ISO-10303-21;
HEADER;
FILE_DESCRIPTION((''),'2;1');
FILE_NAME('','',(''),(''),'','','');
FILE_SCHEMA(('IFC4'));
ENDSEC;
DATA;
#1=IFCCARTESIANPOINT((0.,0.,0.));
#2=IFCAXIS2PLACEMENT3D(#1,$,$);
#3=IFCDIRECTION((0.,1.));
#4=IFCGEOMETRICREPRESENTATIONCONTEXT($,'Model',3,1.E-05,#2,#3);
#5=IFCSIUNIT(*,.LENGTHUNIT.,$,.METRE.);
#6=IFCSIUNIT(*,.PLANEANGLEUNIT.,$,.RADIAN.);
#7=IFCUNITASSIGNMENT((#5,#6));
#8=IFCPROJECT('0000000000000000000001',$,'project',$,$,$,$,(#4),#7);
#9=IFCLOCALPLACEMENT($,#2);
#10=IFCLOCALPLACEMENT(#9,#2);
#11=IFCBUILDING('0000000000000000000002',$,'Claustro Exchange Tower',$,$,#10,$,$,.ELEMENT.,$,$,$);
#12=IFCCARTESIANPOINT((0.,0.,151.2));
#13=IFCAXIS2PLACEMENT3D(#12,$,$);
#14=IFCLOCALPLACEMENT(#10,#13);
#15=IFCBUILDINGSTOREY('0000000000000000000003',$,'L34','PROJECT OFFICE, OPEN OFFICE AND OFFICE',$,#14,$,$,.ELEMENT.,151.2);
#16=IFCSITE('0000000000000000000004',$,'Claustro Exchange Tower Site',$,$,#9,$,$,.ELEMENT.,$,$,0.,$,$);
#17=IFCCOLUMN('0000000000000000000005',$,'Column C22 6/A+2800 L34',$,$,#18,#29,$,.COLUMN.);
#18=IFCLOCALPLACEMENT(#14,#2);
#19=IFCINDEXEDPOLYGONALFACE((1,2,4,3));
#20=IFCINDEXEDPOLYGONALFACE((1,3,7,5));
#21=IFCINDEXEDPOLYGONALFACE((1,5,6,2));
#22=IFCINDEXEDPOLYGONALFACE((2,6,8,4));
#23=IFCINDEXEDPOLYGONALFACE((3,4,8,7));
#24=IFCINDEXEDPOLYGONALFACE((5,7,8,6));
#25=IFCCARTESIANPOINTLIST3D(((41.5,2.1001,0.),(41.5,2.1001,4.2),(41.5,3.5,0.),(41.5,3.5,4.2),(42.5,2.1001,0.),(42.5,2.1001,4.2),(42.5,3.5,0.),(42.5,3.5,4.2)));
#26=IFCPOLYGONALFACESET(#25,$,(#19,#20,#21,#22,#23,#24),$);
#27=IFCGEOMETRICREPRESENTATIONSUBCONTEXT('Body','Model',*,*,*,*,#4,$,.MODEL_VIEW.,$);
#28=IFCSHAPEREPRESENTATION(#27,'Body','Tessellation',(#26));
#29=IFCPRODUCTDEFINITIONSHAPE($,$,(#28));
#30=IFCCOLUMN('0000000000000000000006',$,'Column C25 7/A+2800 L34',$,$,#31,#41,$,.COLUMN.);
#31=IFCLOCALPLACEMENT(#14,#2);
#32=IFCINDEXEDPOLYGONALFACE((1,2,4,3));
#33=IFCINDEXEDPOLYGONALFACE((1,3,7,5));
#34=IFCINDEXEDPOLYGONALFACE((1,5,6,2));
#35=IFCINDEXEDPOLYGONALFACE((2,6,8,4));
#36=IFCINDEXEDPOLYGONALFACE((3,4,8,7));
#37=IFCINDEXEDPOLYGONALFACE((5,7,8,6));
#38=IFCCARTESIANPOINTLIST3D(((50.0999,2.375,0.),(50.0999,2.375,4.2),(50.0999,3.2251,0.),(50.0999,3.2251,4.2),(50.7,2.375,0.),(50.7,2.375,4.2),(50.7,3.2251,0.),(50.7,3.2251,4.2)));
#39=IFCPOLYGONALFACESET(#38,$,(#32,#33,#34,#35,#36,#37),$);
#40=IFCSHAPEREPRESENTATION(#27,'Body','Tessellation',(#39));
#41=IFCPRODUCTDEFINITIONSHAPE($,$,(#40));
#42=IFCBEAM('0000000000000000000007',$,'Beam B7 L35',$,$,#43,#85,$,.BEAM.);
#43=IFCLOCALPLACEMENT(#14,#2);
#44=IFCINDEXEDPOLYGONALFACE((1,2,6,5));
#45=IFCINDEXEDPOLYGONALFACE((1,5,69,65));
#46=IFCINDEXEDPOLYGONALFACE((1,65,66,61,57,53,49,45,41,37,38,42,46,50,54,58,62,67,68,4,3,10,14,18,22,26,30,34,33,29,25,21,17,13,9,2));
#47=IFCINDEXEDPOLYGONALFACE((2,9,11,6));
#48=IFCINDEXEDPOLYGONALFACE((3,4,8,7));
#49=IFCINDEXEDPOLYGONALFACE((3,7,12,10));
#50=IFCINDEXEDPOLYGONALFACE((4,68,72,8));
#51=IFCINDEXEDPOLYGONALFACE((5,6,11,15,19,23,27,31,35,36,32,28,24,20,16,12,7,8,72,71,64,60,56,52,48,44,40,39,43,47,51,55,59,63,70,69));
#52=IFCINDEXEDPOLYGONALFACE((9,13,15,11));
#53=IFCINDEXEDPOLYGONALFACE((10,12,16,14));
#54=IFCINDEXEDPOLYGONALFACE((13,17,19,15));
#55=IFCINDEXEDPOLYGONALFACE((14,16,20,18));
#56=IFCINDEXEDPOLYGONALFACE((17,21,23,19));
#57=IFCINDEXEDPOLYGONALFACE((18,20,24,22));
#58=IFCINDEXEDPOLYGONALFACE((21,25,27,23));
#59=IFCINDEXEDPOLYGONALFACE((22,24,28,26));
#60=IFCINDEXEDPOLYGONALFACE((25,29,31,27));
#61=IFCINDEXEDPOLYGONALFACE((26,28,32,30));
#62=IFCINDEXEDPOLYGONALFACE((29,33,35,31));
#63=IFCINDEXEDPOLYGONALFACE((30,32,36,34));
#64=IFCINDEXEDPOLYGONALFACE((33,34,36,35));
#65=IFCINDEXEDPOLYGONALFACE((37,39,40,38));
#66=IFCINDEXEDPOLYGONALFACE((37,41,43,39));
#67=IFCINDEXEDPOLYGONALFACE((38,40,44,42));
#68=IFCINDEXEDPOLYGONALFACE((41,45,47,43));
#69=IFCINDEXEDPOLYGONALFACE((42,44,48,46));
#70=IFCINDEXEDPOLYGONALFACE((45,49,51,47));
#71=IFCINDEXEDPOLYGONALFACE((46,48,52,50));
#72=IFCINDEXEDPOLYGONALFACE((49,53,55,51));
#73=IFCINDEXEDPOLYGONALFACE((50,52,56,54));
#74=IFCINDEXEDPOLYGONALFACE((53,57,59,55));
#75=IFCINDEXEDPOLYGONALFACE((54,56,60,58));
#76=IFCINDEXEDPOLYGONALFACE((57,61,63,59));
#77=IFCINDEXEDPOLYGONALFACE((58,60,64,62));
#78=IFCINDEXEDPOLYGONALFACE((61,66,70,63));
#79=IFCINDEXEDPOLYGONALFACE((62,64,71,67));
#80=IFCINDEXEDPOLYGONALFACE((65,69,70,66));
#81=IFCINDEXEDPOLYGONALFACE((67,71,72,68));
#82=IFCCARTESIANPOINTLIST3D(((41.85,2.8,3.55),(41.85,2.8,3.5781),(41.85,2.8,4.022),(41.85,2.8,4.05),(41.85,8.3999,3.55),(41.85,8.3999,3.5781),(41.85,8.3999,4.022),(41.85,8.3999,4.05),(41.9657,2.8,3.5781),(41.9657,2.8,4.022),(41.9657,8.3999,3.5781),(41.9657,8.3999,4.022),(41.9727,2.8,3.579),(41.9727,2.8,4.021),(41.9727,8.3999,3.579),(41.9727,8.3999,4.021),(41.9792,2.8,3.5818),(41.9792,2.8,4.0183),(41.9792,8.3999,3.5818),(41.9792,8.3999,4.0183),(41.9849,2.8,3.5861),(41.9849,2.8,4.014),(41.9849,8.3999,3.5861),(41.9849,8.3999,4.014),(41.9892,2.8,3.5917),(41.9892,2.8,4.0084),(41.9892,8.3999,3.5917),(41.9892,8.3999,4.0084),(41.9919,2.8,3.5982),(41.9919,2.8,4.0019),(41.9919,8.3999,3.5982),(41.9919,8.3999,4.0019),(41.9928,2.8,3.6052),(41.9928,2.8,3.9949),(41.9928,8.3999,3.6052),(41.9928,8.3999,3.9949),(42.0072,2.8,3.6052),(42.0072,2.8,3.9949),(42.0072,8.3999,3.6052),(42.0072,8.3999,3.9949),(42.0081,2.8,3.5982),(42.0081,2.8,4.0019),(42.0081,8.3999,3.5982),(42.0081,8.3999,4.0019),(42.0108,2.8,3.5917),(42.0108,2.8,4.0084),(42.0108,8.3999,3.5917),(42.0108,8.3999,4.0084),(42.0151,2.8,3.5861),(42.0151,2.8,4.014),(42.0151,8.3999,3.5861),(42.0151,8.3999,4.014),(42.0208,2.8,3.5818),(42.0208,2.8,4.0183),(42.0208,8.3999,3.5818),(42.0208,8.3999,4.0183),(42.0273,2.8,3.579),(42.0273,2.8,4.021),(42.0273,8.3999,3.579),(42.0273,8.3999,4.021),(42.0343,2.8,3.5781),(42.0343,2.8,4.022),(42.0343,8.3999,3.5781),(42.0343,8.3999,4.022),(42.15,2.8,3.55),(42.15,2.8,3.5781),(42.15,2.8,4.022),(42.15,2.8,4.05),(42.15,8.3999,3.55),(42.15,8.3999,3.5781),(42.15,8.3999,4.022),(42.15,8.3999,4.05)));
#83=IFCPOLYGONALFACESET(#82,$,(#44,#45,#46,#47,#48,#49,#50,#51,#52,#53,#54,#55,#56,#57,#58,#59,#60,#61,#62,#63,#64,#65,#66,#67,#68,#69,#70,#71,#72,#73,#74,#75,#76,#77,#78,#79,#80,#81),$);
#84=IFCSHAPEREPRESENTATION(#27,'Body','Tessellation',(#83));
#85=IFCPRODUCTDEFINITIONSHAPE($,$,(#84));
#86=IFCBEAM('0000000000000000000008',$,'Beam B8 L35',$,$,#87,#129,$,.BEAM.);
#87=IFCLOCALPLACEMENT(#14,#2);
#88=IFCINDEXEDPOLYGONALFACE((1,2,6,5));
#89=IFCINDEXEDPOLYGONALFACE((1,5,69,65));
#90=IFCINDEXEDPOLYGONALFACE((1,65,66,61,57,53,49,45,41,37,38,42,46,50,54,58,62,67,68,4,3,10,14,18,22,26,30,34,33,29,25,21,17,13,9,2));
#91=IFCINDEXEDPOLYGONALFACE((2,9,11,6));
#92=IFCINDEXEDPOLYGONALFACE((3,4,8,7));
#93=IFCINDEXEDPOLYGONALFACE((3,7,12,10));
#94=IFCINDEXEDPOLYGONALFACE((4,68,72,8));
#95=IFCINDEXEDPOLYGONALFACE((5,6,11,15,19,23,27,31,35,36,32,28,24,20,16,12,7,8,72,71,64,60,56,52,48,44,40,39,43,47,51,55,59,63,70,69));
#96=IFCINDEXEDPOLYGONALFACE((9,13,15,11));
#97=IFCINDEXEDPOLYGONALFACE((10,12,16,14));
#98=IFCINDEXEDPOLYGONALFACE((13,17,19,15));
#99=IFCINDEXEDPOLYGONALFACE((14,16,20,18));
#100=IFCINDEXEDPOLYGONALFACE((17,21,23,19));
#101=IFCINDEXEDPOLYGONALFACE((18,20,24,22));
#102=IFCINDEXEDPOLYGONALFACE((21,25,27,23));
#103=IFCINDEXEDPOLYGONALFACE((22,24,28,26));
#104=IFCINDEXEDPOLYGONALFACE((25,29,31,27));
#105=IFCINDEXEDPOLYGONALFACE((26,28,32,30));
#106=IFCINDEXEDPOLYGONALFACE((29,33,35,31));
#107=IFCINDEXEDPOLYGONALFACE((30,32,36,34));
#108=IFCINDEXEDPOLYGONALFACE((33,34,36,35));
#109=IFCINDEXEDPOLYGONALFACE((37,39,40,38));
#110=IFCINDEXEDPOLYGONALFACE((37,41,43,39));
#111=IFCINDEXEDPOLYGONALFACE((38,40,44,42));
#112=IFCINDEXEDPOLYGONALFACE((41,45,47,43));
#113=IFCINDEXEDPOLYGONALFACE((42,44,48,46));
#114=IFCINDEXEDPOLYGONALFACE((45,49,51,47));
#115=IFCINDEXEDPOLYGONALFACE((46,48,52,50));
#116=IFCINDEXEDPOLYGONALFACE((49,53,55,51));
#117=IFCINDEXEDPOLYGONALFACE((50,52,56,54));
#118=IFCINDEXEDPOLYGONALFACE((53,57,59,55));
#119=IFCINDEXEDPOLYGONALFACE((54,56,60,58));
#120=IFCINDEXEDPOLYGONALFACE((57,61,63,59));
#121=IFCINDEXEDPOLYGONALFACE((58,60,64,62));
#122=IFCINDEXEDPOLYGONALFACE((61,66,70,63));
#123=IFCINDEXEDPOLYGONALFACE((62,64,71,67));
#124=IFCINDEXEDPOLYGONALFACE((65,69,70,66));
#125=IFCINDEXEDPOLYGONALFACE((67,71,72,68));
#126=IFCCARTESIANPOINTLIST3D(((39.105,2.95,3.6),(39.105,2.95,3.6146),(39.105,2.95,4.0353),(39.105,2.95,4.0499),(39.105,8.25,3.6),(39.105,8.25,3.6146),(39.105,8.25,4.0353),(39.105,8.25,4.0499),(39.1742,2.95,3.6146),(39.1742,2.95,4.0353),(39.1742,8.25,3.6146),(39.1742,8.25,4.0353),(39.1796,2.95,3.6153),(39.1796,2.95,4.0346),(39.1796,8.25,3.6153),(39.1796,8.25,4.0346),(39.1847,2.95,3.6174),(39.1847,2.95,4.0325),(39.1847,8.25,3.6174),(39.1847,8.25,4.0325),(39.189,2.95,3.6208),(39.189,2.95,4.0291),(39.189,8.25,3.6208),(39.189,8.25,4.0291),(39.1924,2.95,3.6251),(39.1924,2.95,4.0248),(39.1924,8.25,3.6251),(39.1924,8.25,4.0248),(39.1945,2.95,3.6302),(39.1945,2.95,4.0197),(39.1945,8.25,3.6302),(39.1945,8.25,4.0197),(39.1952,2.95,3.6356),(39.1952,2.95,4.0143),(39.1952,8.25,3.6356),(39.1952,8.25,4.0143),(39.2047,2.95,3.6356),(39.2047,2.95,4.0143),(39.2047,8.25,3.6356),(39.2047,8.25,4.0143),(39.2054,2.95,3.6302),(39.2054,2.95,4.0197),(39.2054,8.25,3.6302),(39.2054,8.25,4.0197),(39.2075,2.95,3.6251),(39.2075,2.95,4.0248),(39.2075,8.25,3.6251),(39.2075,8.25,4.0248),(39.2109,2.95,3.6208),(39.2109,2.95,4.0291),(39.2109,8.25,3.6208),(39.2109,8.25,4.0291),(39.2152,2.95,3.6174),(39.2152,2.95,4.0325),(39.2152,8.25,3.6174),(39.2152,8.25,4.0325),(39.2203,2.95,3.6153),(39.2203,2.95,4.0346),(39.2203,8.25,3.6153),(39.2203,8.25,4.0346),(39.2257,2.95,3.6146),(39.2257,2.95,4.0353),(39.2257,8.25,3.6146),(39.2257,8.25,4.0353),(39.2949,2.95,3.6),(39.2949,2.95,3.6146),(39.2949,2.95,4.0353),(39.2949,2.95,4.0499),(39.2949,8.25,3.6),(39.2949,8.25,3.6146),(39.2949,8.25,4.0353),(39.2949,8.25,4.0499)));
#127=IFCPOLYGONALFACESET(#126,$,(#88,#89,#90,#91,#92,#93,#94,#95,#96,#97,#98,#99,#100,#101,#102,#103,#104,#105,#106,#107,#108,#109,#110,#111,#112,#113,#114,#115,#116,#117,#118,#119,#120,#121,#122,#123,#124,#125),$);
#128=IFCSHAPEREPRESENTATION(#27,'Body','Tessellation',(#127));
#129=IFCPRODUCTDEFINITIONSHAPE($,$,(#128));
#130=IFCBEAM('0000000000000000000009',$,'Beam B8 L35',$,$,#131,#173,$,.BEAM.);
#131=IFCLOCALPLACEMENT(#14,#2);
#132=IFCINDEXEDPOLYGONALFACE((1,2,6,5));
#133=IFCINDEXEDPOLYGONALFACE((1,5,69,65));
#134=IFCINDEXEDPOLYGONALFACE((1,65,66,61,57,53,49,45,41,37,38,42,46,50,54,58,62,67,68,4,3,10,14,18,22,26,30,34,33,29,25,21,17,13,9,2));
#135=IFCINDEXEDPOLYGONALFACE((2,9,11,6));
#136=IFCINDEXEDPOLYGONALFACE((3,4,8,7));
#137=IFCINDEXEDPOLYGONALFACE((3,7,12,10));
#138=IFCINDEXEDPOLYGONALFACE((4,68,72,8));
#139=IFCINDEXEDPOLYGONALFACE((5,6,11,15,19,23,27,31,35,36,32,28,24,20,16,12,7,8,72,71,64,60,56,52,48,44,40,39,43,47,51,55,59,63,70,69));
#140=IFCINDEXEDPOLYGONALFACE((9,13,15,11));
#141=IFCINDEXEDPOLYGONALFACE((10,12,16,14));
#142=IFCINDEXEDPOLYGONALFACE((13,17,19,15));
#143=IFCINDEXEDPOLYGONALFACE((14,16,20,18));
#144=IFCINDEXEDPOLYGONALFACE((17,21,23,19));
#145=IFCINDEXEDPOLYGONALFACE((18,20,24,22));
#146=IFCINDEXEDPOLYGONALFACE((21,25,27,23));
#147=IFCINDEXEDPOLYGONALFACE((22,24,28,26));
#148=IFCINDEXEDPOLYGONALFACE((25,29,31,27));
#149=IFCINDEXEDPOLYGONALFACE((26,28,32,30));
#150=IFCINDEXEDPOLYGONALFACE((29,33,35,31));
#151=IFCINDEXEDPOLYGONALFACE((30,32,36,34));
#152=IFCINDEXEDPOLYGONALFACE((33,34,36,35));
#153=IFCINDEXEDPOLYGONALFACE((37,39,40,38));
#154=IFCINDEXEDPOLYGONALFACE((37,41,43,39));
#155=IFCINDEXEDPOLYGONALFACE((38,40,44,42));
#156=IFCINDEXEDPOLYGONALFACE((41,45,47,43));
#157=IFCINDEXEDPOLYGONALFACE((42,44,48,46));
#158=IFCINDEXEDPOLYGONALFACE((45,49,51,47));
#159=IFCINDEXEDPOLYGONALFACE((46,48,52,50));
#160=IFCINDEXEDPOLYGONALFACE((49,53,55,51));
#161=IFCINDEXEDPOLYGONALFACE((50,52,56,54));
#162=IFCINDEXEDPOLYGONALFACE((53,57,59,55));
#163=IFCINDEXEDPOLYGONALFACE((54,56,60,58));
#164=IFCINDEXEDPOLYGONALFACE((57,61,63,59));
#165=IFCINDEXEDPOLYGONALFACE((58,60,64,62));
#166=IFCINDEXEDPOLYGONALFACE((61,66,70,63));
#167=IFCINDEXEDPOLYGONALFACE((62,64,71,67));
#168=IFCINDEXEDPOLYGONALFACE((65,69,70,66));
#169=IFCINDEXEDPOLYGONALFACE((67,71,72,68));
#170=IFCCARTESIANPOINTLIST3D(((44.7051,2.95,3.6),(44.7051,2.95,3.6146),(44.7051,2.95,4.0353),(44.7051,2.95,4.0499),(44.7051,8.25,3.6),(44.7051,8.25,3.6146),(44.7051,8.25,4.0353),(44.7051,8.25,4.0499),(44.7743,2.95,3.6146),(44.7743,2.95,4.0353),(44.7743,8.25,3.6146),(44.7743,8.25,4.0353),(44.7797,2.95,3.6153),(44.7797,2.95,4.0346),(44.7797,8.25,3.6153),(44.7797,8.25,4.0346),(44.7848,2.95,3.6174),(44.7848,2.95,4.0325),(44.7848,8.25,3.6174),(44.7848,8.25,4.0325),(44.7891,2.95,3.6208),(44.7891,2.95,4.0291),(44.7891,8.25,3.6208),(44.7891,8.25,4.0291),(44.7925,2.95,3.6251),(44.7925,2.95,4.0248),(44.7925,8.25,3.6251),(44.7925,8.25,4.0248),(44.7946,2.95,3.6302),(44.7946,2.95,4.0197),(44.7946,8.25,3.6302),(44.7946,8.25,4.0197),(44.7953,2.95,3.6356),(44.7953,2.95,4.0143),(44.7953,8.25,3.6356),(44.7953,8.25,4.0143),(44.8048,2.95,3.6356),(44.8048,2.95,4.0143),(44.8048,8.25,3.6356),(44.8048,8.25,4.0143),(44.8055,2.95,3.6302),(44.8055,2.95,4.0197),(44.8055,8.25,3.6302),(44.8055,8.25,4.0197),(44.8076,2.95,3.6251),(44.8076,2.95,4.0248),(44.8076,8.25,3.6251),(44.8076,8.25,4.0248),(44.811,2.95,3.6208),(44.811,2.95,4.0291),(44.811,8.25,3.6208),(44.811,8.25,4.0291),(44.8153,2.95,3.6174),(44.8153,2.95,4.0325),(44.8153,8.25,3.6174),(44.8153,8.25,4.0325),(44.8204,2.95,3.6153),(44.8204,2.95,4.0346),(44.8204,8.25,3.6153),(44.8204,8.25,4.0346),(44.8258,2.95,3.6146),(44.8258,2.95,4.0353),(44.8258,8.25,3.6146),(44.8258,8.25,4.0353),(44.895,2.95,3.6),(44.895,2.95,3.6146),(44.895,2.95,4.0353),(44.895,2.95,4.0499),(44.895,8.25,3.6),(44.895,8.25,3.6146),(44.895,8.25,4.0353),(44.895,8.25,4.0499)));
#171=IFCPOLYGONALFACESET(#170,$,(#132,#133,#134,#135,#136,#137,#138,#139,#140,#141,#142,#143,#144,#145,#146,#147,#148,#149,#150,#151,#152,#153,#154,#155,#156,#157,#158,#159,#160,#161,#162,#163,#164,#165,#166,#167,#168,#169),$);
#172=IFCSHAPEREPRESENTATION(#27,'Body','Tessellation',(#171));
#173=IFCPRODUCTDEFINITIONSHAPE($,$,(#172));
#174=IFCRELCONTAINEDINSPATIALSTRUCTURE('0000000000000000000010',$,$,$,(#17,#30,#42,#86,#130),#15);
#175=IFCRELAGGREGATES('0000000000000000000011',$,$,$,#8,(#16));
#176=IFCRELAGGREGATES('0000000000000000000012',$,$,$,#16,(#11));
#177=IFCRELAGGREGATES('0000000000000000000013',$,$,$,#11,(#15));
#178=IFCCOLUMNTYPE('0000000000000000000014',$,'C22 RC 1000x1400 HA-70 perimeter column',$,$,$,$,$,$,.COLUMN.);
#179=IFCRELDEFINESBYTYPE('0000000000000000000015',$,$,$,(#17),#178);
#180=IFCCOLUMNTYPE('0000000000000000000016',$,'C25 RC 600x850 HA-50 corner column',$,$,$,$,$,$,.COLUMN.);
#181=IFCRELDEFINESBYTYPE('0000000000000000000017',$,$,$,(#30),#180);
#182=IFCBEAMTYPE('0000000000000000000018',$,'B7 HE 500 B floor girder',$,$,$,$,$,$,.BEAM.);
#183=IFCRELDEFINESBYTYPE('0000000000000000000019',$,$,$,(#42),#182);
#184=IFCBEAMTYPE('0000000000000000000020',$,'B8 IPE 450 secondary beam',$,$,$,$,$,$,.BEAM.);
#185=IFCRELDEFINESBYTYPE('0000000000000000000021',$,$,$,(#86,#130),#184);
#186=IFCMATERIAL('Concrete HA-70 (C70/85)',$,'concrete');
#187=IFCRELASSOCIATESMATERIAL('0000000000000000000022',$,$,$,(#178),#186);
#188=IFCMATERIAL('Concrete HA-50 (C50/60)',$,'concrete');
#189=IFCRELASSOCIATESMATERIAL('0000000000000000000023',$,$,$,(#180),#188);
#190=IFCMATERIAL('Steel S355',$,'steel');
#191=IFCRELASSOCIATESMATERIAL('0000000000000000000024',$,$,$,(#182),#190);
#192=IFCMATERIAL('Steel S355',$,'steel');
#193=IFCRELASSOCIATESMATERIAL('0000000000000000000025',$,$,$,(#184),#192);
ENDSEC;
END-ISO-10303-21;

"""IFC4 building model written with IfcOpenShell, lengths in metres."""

from ifc_helpers import new_model, si_unit, direction, frame, origin, origin_2d, place, context, subcontext, project, spatial, rectangle, i_section, extrude, material, material_profile, profile_set, type_object, element, save


model = new_model("IFC4")

# Units and contexts
model_context = context("Model", 3, precision=1e-05, world=origin(), true_north=direction((0.0, 1.0)))
body_context = subcontext(model_context, "Body", "Model", "MODEL_VIEW")
ifc_project = project(units=[si_unit("LENGTHUNIT", "METRE"), si_unit("PLANEANGLEUNIT", "RADIAN")], contexts=[model_context])

# Site, building, storey
site_placement = place(None, origin())
site = spatial("IfcSite", under=ifc_project, at=site_placement, Name="Claustro Exchange Tower Site", CompositionType="ELEMENT", RefElevation=0.0)
building_placement = place(site_placement, origin())
building = spatial("IfcBuilding", under=site, at=building_placement, Name="Claustro Exchange Tower", CompositionType="ELEMENT")
storey_placement = place(building_placement, frame((0.0, 0.0, 151.2)))
storey = spatial("IfcBuildingStorey", under=building, at=storey_placement, Name="L34", Description="PROJECT OFFICE, OPEN OFFICE AND OFFICE", CompositionType="ELEMENT", Elevation=151.2)

# Columns
ifc_material_1 = material(Name="Concrete HA-70 (C70/85)", Category="concrete")
ifc_material_profile_1 = material_profile(ifc_material_1, rectangle(XDim=1.0, YDim=1.3999, at=origin_2d()), Name="RC 1000x1400")
ifc_profile_set_1 = profile_set([ifc_material_profile_1], Name="Concrete HA-70 (C70/85)")
column_type_1 = type_object("IfcColumnType", Name="C22 RC 1000x1400 HA-70 perimeter column", PredefinedType="COLUMN", material=ifc_profile_set_1)
column_1_placement = place(storey_placement, frame((42.0, 2.8, 0.0), z_axis=(0.0, 0.0, 1.0), x_axis=(1.0, 0.0, 0.0)))
element("IfcColumn", 1, at=column_1_placement, inside=storey, type_object=column_type_1, Name="Column C22 6/A+2800 L34", PredefinedType="COLUMN", context=body_context, shape_type="SweptSolid", body=[
    extrude(rectangle(XDim=1.0, YDim=1.3999, at=origin_2d()), origin(), (0.0, 0.0, 1.0), 4.2),
])
ifc_material_2 = material(Name="Concrete HA-50 (C50/60)", Category="concrete")
ifc_material_profile_2 = material_profile(ifc_material_2, rectangle(XDim=0.6001, YDim=0.8501, at=origin_2d()), Name="RC 600x850")
ifc_profile_set_2 = profile_set([ifc_material_profile_2], Name="Concrete HA-50 (C50/60)")
column_type_2 = type_object("IfcColumnType", Name="C25 RC 600x850 HA-50 corner column", PredefinedType="COLUMN", material=ifc_profile_set_2)
column_2_placement = place(storey_placement, frame((50.3999, 2.8, 0.0), z_axis=(0.0, 0.0, 1.0), x_axis=(1.0, 0.0, 0.0)))
element("IfcColumn", 2, at=column_2_placement, inside=storey, type_object=column_type_2, Name="Column C25 7/A+2800 L34", PredefinedType="COLUMN", context=body_context, shape_type="SweptSolid", body=[
    extrude(rectangle(XDim=0.6001, YDim=0.8501, at=origin_2d()), origin(), (0.0, 0.0, 1.0), 4.2),
])

# Beams
ifc_material_3 = material(Name="Steel S355", Category="steel")
ifc_material_profile_3 = material_profile(ifc_material_3, i_section(OverallWidth=0.3, OverallDepth=0.5, WebThickness=0.0144, FlangeThickness=0.0281, FilletRadius=0.0271, at=origin_2d()), Name="HE 500 B")
ifc_profile_set_3 = profile_set([ifc_material_profile_3], Name="Steel S355")
beam_type_1 = type_object("IfcBeamType", Name="B7 HE 500 B floor girder", PredefinedType="BEAM", material=ifc_profile_set_3)
beam_1_placement = place(storey_placement, frame((42.0, 2.8, 3.8), z_axis=(0.0, 1.0, 0.0), x_axis=(-1.0, 0.0, 0.0)))
element("IfcBeam", 3, at=beam_1_placement, inside=storey, type_object=beam_type_1, Name="Beam B7 L35", PredefinedType="BEAM", context=body_context, shape_type="SweptSolid", body=[
    extrude(i_section(OverallWidth=0.3, OverallDepth=0.5, WebThickness=0.0144, FlangeThickness=0.0281, FilletRadius=0.0271, at=origin_2d()), origin(), (0.0, 0.0, 1.0), 5.5999),
])
ifc_material_4 = material(Name="Steel S355", Category="steel")
ifc_material_profile_4 = material_profile(ifc_material_4, i_section(OverallWidth=0.1899, OverallDepth=0.45, WebThickness=0.0095, FlangeThickness=0.0146, FilletRadius=0.021, at=origin_2d()), Name="IPE 450")
ifc_profile_set_4 = profile_set([ifc_material_profile_4], Name="Steel S355")
beam_type_2 = type_object("IfcBeamType", Name="B8 IPE 450 secondary beam", PredefinedType="BEAM", material=ifc_profile_set_4)
for number, where, z_axis, x_axis, name in (
    (4, (39.2, 2.95, 3.825), (0.0, 1.0, 0.0), (-1.0, 0.0, 0.0), "Beam B8 L35"),
    (5, (44.8, 2.95, 3.825), (0.0, 1.0, 0.0), (-1.0, 0.0, 0.0), "Beam B8 L35"),
):
    element("IfcBeam", number, at=place(storey_placement, frame(where, z_axis=z_axis, x_axis=x_axis)), inside=storey, type_object=beam_type_2, Name=name, PredefinedType="BEAM", context=body_context, shape_type="SweptSolid", body=[
        extrude(i_section(OverallWidth=0.1899, OverallDepth=0.45, WebThickness=0.0095, FlangeThickness=0.0146, FilletRadius=0.021, at=origin_2d()), origin(), (0.0, 0.0, 1.0), 5.3),
    ])

save(model, "model.ifc")
